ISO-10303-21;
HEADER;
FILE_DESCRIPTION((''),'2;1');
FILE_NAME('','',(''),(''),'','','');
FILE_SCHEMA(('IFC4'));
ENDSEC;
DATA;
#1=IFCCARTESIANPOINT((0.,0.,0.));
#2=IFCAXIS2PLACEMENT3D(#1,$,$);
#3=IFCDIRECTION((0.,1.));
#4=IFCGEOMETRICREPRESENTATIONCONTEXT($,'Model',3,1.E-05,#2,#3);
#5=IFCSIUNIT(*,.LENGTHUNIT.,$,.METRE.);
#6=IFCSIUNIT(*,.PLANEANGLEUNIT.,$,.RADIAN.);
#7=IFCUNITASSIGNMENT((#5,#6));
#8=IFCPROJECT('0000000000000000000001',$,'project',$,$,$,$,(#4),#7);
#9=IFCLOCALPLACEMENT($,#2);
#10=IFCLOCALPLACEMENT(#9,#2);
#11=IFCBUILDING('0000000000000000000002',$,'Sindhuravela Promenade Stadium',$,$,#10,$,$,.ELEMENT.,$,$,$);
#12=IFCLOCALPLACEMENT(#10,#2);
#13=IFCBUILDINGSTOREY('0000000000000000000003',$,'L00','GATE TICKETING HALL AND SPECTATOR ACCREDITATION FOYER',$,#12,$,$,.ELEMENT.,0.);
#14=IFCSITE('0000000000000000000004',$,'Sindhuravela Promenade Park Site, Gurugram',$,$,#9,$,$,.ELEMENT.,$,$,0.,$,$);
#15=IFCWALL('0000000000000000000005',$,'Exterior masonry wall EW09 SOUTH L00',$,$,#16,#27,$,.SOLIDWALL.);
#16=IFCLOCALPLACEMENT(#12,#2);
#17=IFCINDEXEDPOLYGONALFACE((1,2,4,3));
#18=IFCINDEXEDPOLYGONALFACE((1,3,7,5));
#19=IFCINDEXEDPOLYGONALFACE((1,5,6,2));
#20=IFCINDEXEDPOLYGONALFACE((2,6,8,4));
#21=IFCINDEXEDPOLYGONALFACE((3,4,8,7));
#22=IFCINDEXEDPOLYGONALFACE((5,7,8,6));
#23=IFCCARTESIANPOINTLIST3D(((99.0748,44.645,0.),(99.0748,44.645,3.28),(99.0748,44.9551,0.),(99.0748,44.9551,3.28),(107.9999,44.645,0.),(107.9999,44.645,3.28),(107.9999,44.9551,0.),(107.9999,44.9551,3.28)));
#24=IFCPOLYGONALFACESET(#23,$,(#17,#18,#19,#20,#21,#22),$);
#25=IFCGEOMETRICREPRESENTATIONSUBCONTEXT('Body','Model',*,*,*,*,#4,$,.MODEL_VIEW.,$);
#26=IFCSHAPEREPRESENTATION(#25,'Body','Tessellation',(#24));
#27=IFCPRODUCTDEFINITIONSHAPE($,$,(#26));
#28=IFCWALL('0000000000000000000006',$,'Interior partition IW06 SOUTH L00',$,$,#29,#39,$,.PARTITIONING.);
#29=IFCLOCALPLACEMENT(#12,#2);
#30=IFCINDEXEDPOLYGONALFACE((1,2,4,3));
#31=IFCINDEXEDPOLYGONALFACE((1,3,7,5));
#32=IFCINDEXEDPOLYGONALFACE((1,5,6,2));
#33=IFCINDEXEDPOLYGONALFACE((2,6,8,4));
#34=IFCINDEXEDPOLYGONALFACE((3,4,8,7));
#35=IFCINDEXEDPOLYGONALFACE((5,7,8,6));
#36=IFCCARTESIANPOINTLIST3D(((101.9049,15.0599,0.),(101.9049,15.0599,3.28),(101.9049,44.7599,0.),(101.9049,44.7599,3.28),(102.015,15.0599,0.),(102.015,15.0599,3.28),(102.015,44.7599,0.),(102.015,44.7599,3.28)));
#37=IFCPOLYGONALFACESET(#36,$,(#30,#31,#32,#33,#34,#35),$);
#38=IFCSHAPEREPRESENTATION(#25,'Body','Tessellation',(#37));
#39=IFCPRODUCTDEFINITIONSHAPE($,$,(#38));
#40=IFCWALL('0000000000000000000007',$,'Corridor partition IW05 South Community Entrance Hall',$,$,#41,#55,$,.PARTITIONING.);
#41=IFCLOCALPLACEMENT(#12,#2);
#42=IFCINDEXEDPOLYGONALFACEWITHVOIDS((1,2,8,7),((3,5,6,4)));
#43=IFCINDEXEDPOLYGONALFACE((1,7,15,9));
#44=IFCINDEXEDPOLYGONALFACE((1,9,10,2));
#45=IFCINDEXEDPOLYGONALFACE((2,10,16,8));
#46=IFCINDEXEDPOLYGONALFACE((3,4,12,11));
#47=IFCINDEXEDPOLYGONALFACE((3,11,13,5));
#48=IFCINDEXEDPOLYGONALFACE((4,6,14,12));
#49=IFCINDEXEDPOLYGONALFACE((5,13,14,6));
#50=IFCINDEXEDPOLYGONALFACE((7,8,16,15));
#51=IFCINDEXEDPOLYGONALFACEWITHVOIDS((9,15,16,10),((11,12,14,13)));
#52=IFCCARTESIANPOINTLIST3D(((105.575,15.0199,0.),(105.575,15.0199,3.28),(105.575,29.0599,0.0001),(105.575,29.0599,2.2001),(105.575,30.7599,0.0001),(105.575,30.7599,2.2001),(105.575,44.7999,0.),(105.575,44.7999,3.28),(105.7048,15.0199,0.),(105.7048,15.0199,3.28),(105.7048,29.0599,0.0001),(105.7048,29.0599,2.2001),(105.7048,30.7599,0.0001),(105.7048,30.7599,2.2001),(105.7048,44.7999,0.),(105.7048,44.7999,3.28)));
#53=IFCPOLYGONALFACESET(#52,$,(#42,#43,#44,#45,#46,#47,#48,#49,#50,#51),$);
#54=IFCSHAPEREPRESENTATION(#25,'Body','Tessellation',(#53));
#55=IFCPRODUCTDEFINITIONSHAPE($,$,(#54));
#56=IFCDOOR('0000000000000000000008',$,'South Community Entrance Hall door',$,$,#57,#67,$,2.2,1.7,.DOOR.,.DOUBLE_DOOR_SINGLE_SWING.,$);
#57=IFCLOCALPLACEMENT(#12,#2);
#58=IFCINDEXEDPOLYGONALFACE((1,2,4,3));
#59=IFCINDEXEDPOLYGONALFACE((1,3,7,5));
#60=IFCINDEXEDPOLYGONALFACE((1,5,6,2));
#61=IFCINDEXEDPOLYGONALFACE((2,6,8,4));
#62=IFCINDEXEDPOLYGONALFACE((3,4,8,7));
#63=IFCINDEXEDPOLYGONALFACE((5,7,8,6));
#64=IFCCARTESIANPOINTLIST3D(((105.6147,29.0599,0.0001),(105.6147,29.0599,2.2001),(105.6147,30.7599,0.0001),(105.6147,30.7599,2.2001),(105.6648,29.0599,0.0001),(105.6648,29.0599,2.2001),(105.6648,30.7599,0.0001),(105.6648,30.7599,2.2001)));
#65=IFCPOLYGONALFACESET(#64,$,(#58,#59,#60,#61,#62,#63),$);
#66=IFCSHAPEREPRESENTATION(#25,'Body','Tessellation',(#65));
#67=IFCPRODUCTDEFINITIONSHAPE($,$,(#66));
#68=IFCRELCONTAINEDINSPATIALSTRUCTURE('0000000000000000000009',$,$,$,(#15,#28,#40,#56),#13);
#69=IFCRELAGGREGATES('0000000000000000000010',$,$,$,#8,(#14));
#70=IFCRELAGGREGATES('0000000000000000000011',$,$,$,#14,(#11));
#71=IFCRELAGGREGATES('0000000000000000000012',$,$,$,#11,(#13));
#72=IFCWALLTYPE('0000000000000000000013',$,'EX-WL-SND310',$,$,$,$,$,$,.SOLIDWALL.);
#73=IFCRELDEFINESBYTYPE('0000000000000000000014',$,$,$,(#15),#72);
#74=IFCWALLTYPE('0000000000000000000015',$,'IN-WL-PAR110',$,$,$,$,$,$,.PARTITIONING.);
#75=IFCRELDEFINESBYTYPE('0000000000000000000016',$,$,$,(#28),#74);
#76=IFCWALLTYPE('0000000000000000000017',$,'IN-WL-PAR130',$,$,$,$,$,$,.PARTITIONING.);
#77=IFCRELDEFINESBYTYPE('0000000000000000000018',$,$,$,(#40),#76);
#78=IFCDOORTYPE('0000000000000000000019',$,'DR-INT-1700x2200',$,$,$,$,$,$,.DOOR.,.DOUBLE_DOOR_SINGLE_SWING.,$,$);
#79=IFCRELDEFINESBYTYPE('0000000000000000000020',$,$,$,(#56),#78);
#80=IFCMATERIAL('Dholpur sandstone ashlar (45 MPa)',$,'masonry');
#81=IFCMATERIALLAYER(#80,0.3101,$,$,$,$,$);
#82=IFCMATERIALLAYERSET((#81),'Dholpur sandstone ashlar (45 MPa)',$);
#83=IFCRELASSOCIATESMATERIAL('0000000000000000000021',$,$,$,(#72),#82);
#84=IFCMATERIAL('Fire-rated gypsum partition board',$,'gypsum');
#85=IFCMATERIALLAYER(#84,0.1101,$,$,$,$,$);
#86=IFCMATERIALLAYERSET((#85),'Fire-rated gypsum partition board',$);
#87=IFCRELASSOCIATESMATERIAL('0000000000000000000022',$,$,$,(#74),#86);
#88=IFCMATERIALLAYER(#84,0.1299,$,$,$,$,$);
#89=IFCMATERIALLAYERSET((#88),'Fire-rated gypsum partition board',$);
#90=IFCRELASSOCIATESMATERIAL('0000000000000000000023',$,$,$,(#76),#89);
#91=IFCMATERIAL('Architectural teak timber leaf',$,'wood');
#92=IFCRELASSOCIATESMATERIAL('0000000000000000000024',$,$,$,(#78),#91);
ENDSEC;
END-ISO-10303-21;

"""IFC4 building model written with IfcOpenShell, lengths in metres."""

from ifc_helpers import new_model, si_unit, direction, frame, frame_2d, origin, place, context, subcontext, project, spatial, rectangle, extrude, material, layer, layer_set, type_object, element, fill, save


model = new_model("IFC4")

# Units and contexts
model_context = context("Model", 3, precision=1e-05, world=origin(), true_north=direction((0.0, 1.0)))
body_context = subcontext(model_context, "Body", "Model", "MODEL_VIEW")
ifc_project = project(units=[si_unit("LENGTHUNIT", "METRE"), si_unit("PLANEANGLEUNIT", "RADIAN")], contexts=[model_context])

# Site, building, storey
site_placement = place(None, origin())
site = spatial("IfcSite", under=ifc_project, at=site_placement, Name="Sindhuravela Promenade Park Site, Gurugram", CompositionType="ELEMENT", RefElevation=0.0)
building_placement = place(site_placement, origin())
building = spatial("IfcBuilding", under=site, at=building_placement, Name="Sindhuravela Promenade Stadium", CompositionType="ELEMENT")
storey_placement = place(building_placement, origin())
storey = spatial("IfcBuildingStorey", under=building, at=storey_placement, Name="L00", Description="GATE TICKETING HALL AND SPECTATOR ACCREDITATION FOYER", CompositionType="ELEMENT", Elevation=0.0)

# Walls
ifc_material_1 = material(Name="Dholpur sandstone ashlar (45 MPa)", Category="masonry")
ifc_layer_1 = layer(ifc_material_1, 0.3101)
ifc_layer_set_1 = layer_set([ifc_layer_1], Name="Dholpur sandstone ashlar (45 MPa)")
wall_type_1 = type_object("IfcWallType", Name="EX-WL-SND310", PredefinedType="SOLIDWALL", material=ifc_layer_set_1)
wall_1_placement = place(storey_placement, frame((99.075, 44.8, 0.0), z_axis=(0.0, 0.0, 1.0), x_axis=(1.0, 0.0, 0.0)))
element("IfcWall", 1, at=wall_1_placement, inside=storey, type_object=wall_type_1, Name="Exterior masonry wall EW09 SOUTH L00", PredefinedType="SOLIDWALL", context=body_context, shape_type="SweptSolid", body=[
    extrude(rectangle(XDim=8.925, YDim=0.3101, at=frame_2d((4.4624, 0.0))), origin(), (0.0, 0.0, 1.0), 3.28),
])
ifc_material_2 = material(Name="Fire-rated gypsum partition board", Category="gypsum")
ifc_layer_2 = layer(ifc_material_2, 0.1101)
ifc_layer_set_2 = layer_set([ifc_layer_2], Name="Fire-rated gypsum partition board")
wall_type_2 = type_object("IfcWallType", Name="IN-WL-PAR110", PredefinedType="PARTITIONING", material=ifc_layer_set_2)
wall_2_placement = place(storey_placement, frame((101.96, 44.76, 0.0), z_axis=(0.0, 0.0, 1.0), x_axis=(0.0, -1.0, 0.0)))
element("IfcWall", 2, at=wall_2_placement, inside=storey, type_object=wall_type_2, Name="Interior partition IW06 SOUTH L00", PredefinedType="PARTITIONING", context=body_context, shape_type="SweptSolid", body=[
    extrude(rectangle(XDim=29.7, YDim=0.1101, at=frame_2d((14.8501, 0.0))), origin(), (0.0, 0.0, 1.0), 3.28),
])

# Wall, opening, door
ifc_layer_3 = layer(ifc_material_2, 0.1299)
ifc_layer_set_3 = layer_set([ifc_layer_3], Name="Fire-rated gypsum partition board")
wall_type_3 = type_object("IfcWallType", Name="IN-WL-PAR130", PredefinedType="PARTITIONING", material=ifc_layer_set_3)
wall_3_placement = place(storey_placement, frame((105.6399, 44.8, 0.0), z_axis=(0.0, 0.0, 1.0), x_axis=(0.0, -1.0, 0.0)))
wall_3 = element("IfcWall", 3, at=wall_3_placement, inside=storey, type_object=wall_type_3, Name="Corridor partition IW05 South Community Entrance Hall", PredefinedType="PARTITIONING", context=body_context, shape_type="SweptSolid", body=[
    extrude(rectangle(XDim=29.78, YDim=0.1299, at=frame_2d((14.8901, 0.0))), origin(), (0.0, 0.0, 1.0), 3.28),
])
opening_placement = place(wall_3_placement, frame((14.04, 0.0, 0.0)))
opening = element("IfcOpeningElement", 4, at=opening_placement, cuts=wall_3, PredefinedType="OPENING", context=body_context, shape_type="SweptSolid", body=[
    extrude(rectangle(XDim=1.7, YDim=2.2, at=frame_2d((0.8501, 1.1001))), frame((0.0, 0.075, 0.0), z_axis=(0.0, -1.0, 0.0), x_axis=(1.0, 0.0, 0.0)), (0.0, 0.0, 1.0), 0.1499),
])
ifc_material_3 = material(Name="Architectural teak timber leaf", Category="wood")
door_type = type_object("IfcDoorType", Name="DR-INT-1700x2200", OperationType="DOUBLE_DOOR_SINGLE_SWING", PredefinedType="DOOR", material=ifc_material_3)
door_placement = place(opening_placement, origin())
door = element("IfcDoor", 5, at=door_placement, inside=storey, type_object=door_type, Name="South Community Entrance Hall door", OperationType="DOUBLE_DOOR_SINGLE_SWING", OverallHeight=2.2, OverallWidth=1.7, PredefinedType="DOOR", context=body_context, shape_type="SweptSolid", body=[
    extrude(rectangle(XDim=1.7, YDim=2.2, at=frame_2d((0.8501, 1.1001))), frame((0.0, 0.0249, 0.0), z_axis=(0.0, -1.0, 0.0), x_axis=(1.0, 0.0, 0.0)), (0.0, 0.0, 1.0), 0.05),
])
fill(opening, door)

save(model, "model.ifc")
